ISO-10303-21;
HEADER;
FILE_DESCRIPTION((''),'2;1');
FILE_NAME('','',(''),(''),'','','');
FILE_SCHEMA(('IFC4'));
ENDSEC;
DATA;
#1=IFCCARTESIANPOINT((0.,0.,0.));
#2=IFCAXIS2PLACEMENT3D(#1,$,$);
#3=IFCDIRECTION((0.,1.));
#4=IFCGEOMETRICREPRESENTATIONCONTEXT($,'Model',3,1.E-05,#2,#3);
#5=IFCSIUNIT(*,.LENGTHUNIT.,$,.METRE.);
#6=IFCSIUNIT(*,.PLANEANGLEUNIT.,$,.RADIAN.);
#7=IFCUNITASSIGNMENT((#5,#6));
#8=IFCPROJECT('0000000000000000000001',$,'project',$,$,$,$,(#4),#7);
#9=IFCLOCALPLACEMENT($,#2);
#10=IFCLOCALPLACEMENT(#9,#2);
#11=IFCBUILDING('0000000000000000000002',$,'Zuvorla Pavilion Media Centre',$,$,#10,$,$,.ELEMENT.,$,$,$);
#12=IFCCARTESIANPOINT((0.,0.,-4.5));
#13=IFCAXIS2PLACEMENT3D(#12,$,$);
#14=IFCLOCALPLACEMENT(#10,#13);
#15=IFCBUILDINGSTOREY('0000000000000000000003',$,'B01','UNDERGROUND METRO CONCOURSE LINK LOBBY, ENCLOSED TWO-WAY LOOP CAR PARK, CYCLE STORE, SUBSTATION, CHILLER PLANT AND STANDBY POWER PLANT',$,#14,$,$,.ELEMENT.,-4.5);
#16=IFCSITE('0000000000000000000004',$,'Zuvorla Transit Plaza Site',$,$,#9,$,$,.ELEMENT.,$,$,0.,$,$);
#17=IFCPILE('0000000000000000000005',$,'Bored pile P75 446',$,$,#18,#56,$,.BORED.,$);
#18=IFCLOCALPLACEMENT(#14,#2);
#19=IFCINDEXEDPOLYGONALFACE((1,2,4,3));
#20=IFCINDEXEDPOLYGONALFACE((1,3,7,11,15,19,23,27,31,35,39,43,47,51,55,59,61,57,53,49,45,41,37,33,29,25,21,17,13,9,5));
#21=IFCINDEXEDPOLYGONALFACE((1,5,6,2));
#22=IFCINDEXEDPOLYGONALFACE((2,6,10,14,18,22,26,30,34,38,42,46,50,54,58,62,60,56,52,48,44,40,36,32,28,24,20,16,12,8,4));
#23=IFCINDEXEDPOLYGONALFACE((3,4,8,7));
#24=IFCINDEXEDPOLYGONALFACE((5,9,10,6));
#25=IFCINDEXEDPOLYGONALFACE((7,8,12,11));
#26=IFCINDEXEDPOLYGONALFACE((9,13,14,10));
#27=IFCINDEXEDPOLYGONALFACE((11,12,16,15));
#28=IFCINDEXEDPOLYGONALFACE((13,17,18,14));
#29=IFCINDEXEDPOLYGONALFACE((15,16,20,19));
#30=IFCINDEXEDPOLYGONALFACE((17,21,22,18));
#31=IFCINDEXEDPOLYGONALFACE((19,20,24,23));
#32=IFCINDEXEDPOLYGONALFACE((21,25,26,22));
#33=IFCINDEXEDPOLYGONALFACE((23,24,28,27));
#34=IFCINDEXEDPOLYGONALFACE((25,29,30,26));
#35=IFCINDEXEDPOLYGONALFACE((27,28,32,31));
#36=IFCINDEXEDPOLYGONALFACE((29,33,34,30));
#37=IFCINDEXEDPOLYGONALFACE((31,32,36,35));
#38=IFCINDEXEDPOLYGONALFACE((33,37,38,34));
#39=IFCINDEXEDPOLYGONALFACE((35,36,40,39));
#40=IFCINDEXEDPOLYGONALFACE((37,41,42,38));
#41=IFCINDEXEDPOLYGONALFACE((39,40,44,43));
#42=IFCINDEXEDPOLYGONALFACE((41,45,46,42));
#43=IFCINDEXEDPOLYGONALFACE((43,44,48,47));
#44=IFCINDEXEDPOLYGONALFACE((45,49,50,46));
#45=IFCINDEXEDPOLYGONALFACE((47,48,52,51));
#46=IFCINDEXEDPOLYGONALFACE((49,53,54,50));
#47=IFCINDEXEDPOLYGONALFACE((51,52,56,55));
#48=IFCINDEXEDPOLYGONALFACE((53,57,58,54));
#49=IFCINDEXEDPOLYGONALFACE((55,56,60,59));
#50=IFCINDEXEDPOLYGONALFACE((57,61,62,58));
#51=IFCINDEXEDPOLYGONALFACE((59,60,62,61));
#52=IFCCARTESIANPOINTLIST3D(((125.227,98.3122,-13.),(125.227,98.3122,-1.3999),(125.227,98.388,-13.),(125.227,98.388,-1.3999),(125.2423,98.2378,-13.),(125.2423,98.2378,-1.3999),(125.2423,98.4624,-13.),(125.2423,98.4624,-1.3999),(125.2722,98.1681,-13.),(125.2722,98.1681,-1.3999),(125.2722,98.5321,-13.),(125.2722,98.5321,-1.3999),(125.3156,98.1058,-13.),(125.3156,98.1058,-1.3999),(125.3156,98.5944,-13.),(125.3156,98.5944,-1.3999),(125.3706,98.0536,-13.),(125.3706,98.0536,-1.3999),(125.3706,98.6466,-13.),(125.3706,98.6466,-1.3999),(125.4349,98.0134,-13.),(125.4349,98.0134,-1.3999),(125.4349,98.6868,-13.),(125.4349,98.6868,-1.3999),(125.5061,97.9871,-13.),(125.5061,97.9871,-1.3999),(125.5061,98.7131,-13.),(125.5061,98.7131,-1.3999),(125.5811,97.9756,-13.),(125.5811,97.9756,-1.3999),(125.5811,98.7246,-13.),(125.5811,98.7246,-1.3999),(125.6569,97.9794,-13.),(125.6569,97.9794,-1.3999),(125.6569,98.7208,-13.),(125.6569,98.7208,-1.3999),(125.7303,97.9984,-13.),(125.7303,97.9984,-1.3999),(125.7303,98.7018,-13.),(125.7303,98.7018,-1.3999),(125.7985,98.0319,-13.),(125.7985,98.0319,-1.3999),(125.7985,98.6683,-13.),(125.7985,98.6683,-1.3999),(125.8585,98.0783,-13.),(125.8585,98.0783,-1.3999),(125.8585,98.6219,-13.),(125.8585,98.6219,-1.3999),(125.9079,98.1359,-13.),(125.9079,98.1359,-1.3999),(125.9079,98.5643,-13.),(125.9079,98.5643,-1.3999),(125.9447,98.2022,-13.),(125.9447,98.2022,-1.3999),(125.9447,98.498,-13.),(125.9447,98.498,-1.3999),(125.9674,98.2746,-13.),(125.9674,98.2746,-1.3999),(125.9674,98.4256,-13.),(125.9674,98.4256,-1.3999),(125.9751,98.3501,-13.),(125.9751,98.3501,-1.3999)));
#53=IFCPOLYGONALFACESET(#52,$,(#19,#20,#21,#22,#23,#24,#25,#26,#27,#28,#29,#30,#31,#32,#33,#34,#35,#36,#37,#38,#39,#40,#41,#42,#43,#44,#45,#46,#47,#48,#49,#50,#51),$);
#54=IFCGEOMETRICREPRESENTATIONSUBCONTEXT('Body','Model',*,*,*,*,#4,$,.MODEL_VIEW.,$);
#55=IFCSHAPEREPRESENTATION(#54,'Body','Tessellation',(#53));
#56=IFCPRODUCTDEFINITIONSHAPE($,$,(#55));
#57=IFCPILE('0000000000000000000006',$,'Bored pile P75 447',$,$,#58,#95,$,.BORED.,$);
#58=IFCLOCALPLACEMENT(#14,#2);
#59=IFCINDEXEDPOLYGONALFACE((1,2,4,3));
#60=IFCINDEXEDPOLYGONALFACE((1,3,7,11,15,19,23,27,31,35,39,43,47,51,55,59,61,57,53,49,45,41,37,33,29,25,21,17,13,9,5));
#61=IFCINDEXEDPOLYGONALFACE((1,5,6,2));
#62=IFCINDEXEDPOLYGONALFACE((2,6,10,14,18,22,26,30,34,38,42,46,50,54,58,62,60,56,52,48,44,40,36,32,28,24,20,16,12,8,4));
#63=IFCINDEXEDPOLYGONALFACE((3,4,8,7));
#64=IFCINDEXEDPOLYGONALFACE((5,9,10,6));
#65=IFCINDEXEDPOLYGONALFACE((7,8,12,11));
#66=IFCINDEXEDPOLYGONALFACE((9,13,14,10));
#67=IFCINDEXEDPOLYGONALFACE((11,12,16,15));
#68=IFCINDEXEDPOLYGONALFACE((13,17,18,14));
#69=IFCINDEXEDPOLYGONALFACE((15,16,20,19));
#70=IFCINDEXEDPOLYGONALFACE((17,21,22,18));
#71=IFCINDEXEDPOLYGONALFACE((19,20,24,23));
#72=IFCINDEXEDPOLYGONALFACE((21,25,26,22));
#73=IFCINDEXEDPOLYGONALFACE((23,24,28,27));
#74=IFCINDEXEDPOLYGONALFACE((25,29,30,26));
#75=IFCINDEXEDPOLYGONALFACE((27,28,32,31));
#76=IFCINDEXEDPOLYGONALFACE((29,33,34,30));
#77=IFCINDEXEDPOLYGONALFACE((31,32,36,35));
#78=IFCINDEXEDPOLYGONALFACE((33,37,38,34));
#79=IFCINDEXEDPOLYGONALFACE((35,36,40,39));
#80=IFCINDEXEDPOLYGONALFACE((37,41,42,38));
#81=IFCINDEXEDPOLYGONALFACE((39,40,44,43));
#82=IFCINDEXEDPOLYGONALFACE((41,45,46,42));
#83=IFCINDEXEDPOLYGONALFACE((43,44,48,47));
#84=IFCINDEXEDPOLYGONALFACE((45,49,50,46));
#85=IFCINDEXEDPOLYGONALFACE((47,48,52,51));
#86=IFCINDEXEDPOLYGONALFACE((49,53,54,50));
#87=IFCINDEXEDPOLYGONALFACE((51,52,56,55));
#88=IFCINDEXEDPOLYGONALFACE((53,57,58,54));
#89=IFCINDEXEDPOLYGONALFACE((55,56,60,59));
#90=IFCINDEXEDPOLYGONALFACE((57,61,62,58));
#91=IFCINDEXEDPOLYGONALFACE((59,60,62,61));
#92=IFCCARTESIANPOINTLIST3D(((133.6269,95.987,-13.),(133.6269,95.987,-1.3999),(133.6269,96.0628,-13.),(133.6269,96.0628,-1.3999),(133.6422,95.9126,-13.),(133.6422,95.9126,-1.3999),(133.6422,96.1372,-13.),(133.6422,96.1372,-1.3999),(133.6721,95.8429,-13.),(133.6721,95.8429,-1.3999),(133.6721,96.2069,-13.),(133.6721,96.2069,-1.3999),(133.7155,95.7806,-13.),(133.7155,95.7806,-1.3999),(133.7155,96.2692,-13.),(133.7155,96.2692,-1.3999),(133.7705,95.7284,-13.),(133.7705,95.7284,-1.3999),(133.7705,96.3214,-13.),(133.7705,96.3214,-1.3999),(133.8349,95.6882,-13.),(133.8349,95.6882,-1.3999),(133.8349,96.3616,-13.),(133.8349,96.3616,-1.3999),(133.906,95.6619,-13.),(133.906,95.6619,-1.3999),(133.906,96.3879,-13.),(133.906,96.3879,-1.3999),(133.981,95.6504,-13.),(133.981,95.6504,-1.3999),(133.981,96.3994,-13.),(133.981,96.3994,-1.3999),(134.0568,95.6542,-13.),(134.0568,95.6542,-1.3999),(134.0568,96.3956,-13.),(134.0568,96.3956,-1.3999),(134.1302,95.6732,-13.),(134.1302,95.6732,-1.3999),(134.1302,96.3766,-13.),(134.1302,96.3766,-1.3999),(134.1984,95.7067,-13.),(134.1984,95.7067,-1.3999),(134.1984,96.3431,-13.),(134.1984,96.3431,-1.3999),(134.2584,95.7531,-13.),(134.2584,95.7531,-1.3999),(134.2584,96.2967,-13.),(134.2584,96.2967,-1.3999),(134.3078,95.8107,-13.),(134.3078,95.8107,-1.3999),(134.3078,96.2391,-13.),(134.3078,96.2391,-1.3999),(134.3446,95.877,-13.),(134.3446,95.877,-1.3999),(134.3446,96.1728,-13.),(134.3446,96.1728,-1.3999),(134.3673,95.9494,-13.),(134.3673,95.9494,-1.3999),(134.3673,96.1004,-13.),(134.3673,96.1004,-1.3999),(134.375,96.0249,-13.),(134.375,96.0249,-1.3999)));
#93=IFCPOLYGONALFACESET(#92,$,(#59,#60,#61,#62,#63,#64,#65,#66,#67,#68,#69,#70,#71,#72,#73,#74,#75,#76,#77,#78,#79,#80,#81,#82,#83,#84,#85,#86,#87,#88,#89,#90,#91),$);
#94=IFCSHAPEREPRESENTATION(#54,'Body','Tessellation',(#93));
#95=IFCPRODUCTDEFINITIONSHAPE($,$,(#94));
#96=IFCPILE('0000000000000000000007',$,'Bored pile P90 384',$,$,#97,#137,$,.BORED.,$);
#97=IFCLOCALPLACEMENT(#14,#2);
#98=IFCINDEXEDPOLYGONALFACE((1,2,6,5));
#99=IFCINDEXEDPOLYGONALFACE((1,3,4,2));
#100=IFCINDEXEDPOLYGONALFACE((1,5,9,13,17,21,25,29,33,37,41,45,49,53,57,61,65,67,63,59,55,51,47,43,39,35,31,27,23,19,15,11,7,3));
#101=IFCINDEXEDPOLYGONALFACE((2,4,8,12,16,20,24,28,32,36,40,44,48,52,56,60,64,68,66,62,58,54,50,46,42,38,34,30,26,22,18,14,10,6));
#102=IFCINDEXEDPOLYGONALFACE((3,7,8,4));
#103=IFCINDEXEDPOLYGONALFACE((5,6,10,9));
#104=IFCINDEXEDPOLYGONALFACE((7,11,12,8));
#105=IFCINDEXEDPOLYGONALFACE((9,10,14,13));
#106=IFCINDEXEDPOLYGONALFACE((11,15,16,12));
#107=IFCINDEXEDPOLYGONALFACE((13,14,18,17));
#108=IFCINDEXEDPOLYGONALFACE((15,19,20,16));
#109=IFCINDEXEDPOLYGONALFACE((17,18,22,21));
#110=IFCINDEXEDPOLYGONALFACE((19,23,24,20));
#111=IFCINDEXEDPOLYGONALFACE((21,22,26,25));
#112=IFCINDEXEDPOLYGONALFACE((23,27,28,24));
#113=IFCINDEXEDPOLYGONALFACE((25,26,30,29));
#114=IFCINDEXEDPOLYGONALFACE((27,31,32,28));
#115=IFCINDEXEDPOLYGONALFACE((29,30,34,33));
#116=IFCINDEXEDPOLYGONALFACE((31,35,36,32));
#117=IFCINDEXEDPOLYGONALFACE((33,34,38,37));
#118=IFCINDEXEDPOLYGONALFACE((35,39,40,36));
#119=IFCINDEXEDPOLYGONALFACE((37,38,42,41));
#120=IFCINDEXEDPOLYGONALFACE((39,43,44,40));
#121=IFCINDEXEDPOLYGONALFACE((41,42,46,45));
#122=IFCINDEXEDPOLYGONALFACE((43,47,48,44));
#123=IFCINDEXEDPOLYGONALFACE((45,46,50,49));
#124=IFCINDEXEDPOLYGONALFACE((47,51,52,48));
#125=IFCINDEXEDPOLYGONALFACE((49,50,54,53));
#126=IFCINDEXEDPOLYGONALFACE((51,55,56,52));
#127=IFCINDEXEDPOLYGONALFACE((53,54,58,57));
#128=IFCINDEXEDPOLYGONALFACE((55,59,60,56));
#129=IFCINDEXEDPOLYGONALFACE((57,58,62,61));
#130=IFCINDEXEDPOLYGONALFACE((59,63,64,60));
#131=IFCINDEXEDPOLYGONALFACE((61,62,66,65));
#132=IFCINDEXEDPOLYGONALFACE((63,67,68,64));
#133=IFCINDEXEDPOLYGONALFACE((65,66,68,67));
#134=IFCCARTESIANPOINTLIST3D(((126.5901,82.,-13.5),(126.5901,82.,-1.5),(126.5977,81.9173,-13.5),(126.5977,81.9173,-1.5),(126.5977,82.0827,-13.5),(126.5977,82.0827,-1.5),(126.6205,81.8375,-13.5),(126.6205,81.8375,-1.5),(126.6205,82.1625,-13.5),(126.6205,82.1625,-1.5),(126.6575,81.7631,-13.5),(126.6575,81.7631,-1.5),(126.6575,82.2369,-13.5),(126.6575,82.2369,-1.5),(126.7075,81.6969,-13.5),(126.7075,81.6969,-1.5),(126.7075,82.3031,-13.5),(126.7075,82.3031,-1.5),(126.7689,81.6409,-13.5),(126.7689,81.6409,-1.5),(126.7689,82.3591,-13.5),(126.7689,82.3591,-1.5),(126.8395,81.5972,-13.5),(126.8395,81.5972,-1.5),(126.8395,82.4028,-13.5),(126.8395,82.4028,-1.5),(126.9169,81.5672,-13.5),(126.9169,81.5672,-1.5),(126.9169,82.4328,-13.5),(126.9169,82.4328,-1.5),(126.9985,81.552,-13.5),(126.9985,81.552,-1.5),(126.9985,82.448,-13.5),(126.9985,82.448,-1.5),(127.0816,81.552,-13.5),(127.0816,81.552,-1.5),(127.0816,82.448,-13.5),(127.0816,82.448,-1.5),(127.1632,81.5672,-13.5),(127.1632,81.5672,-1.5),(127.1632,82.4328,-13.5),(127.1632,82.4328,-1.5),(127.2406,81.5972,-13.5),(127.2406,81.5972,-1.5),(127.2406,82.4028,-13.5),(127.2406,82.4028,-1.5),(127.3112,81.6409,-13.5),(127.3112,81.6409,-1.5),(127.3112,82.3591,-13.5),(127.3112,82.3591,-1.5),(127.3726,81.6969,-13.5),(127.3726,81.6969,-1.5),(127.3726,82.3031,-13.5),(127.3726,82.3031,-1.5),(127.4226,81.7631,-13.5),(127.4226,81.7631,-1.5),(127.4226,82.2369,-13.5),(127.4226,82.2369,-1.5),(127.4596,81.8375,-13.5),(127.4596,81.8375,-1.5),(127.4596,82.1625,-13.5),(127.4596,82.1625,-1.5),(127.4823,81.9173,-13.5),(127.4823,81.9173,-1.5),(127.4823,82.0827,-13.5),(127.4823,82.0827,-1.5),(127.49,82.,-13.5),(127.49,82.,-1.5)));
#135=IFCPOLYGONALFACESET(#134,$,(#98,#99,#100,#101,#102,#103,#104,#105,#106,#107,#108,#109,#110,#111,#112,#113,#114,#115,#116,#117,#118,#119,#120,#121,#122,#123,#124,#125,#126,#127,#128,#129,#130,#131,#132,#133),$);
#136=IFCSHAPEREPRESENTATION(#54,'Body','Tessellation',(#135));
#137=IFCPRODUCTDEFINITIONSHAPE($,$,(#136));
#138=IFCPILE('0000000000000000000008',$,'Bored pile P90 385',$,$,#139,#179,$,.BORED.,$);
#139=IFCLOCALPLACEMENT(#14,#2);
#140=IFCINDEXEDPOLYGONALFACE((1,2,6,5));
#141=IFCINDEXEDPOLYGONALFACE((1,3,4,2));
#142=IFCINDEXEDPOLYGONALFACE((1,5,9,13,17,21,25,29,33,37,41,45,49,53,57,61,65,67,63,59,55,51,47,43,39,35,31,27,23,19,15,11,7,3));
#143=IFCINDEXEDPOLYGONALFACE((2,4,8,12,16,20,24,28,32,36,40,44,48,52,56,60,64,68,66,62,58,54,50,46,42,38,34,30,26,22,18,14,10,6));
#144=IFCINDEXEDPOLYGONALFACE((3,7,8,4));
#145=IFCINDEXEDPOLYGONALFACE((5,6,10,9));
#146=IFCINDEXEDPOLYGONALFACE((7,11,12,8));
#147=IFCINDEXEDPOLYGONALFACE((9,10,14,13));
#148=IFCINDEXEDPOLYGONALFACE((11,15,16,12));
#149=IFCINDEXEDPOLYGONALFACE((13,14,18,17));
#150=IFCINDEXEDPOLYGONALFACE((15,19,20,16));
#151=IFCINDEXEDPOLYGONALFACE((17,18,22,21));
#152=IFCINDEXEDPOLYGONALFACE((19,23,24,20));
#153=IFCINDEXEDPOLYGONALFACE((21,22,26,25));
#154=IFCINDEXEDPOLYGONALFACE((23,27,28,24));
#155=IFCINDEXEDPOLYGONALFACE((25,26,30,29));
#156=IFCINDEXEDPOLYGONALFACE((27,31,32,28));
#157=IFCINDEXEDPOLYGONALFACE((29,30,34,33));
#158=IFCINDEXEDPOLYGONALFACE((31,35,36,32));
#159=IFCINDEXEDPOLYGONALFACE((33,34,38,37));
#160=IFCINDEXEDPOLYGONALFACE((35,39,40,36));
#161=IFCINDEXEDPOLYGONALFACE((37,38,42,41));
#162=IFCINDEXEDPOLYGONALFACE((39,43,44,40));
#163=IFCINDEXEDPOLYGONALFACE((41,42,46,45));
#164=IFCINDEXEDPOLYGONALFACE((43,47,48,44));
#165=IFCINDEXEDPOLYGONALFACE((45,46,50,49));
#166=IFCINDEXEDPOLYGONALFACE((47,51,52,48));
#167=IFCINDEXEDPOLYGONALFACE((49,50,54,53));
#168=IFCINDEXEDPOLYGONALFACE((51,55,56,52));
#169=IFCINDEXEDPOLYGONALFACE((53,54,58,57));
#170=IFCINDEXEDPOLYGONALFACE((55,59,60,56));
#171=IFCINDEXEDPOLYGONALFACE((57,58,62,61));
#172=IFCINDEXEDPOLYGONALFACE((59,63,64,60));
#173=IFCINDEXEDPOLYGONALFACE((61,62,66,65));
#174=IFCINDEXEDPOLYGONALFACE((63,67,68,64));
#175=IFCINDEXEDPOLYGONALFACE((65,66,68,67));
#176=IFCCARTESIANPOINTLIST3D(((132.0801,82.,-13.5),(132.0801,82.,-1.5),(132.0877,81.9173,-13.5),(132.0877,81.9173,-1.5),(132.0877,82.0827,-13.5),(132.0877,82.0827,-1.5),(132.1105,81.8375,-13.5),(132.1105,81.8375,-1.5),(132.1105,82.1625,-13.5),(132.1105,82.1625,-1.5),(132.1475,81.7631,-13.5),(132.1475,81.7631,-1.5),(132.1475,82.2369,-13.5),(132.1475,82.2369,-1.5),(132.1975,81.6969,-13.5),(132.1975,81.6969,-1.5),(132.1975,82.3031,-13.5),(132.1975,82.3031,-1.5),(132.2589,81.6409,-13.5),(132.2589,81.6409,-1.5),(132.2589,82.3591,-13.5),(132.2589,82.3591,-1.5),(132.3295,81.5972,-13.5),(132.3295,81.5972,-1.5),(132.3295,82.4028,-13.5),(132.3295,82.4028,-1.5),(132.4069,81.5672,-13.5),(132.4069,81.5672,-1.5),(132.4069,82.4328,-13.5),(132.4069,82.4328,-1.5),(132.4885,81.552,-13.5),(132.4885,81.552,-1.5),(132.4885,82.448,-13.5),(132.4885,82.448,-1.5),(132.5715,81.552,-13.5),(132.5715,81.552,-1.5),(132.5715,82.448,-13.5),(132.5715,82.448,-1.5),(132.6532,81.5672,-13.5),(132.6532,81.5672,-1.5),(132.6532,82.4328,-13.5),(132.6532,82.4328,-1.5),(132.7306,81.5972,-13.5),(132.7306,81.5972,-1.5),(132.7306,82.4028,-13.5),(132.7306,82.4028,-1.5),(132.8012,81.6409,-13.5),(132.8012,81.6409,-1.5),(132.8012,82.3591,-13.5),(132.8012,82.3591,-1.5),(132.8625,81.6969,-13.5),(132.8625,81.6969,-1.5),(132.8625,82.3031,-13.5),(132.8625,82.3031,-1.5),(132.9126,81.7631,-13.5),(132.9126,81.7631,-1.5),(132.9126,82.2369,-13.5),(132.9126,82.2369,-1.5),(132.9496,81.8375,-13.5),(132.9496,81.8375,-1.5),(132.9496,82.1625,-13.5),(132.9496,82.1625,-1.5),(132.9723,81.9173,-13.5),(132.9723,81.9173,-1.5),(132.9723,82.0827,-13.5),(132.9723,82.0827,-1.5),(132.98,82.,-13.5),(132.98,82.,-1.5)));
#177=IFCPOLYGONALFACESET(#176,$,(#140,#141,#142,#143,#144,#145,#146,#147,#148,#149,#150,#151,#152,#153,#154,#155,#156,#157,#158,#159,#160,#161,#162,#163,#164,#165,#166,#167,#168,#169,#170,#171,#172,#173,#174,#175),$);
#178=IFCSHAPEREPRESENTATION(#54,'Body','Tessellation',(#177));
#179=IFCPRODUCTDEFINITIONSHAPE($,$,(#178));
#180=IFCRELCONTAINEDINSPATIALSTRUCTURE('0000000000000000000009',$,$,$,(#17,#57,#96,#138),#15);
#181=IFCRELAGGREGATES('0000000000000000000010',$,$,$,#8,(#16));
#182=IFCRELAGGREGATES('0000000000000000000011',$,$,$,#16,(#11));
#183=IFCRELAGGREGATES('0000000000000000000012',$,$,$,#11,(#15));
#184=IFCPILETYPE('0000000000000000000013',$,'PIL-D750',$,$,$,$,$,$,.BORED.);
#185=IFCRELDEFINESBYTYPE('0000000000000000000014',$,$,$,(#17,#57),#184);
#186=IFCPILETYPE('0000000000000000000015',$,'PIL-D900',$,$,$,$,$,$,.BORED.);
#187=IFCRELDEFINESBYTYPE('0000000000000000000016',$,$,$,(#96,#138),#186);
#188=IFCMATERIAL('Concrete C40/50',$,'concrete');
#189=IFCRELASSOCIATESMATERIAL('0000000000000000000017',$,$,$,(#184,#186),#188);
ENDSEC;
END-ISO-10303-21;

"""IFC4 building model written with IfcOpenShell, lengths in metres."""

from ifc_helpers import new_model, si_unit, direction, frame, origin, origin_2d, place, context, subcontext, project, spatial, circle, extrude, material, material_profile, profile_set, type_object, element, save


model = new_model("IFC4")

# Units and contexts
model_context = context("Model", 3, precision=1e-05, world=origin(), true_north=direction((0.0, 1.0)))
body_context = subcontext(model_context, "Body", "Model", "MODEL_VIEW")
ifc_project = project(units=[si_unit("LENGTHUNIT", "METRE"), si_unit("PLANEANGLEUNIT", "RADIAN")], contexts=[model_context])

# Site, building, storey
site_placement = place(None, origin())
site = spatial("IfcSite", under=ifc_project, at=site_placement, Name="Zuvorla Transit Plaza Site", CompositionType="ELEMENT", RefElevation=0.0)
building_placement = place(site_placement, origin())
building = spatial("IfcBuilding", under=site, at=building_placement, Name="Zuvorla Pavilion Media Centre", CompositionType="ELEMENT")
storey_placement = place(building_placement, frame((0.0, 0.0, -4.5)))
storey = spatial("IfcBuildingStorey", under=building, at=storey_placement, Name="B01", Description="UNDERGROUND METRO CONCOURSE LINK LOBBY, ENCLOSED TWO-WAY LOOP CAR PARK, CYCLE STORE, SUBSTATION, CHILLER PLANT AND STANDBY POWER PLANT", CompositionType="ELEMENT", Elevation=-4.5)

# Shared definitions
ifc_material = material(Name="Concrete C40/50", Category="concrete")

# Piles
ifc_material_profile_1 = material_profile(ifc_material, circle(Radius=0.375, at=origin_2d()), Name="BORED PILE 750")
ifc_profile_set_1 = profile_set([ifc_material_profile_1], Name="Concrete C40/50")
pile_type_1 = type_object("IfcPileType", Name="PIL-D750", PredefinedType="BORED", material=ifc_profile_set_1)
for number, where, z_axis, x_axis, name in (
    (1, (125.6001, 98.3501, -1.3999), (0.0, 0.0, -1.0), (1.0, 0.0, 0.0), "Bored pile P75 446"),
    (2, (134.0, 96.0249, -1.3999), (0.0, 0.0, -1.0), (1.0, 0.0, 0.0), "Bored pile P75 447"),
):
    element("IfcPile", number, at=place(storey_placement, frame(where, z_axis=z_axis, x_axis=x_axis)), inside=storey, type_object=pile_type_1, Name=name, PredefinedType="BORED", context=body_context, shape_type="SweptSolid", body=[
        extrude(circle(Radius=0.375, at=origin_2d()), origin(), (0.0, 0.0, 1.0), 11.6001),
    ])
ifc_material_profile_2 = material_profile(ifc_material, circle(Radius=0.45, at=origin_2d()), Name="BORED PILE 900")
ifc_profile_set_2 = profile_set([ifc_material_profile_2], Name="Concrete C40/50")
pile_type_2 = type_object("IfcPileType", Name="PIL-D900", PredefinedType="BORED", material=ifc_profile_set_2)
for number, where, z_axis, x_axis, name in (
    (3, (127.04, 82.0, -1.5), (0.0, 0.0, -1.0), (1.0, 0.0, 0.0), "Bored pile P90 384"),
    (4, (132.53, 82.0, -1.5), (0.0, 0.0, -1.0), (1.0, 0.0, 0.0), "Bored pile P90 385"),
):
    element("IfcPile", number, at=place(storey_placement, frame(where, z_axis=z_axis, x_axis=x_axis)), inside=storey, type_object=pile_type_2, Name=name, PredefinedType="BORED", context=body_context, shape_type="SweptSolid", body=[
        extrude(circle(Radius=0.45, at=origin_2d()), origin(), (0.0, 0.0, 1.0), 12.0),
    ])

save(model, "model.ifc")
